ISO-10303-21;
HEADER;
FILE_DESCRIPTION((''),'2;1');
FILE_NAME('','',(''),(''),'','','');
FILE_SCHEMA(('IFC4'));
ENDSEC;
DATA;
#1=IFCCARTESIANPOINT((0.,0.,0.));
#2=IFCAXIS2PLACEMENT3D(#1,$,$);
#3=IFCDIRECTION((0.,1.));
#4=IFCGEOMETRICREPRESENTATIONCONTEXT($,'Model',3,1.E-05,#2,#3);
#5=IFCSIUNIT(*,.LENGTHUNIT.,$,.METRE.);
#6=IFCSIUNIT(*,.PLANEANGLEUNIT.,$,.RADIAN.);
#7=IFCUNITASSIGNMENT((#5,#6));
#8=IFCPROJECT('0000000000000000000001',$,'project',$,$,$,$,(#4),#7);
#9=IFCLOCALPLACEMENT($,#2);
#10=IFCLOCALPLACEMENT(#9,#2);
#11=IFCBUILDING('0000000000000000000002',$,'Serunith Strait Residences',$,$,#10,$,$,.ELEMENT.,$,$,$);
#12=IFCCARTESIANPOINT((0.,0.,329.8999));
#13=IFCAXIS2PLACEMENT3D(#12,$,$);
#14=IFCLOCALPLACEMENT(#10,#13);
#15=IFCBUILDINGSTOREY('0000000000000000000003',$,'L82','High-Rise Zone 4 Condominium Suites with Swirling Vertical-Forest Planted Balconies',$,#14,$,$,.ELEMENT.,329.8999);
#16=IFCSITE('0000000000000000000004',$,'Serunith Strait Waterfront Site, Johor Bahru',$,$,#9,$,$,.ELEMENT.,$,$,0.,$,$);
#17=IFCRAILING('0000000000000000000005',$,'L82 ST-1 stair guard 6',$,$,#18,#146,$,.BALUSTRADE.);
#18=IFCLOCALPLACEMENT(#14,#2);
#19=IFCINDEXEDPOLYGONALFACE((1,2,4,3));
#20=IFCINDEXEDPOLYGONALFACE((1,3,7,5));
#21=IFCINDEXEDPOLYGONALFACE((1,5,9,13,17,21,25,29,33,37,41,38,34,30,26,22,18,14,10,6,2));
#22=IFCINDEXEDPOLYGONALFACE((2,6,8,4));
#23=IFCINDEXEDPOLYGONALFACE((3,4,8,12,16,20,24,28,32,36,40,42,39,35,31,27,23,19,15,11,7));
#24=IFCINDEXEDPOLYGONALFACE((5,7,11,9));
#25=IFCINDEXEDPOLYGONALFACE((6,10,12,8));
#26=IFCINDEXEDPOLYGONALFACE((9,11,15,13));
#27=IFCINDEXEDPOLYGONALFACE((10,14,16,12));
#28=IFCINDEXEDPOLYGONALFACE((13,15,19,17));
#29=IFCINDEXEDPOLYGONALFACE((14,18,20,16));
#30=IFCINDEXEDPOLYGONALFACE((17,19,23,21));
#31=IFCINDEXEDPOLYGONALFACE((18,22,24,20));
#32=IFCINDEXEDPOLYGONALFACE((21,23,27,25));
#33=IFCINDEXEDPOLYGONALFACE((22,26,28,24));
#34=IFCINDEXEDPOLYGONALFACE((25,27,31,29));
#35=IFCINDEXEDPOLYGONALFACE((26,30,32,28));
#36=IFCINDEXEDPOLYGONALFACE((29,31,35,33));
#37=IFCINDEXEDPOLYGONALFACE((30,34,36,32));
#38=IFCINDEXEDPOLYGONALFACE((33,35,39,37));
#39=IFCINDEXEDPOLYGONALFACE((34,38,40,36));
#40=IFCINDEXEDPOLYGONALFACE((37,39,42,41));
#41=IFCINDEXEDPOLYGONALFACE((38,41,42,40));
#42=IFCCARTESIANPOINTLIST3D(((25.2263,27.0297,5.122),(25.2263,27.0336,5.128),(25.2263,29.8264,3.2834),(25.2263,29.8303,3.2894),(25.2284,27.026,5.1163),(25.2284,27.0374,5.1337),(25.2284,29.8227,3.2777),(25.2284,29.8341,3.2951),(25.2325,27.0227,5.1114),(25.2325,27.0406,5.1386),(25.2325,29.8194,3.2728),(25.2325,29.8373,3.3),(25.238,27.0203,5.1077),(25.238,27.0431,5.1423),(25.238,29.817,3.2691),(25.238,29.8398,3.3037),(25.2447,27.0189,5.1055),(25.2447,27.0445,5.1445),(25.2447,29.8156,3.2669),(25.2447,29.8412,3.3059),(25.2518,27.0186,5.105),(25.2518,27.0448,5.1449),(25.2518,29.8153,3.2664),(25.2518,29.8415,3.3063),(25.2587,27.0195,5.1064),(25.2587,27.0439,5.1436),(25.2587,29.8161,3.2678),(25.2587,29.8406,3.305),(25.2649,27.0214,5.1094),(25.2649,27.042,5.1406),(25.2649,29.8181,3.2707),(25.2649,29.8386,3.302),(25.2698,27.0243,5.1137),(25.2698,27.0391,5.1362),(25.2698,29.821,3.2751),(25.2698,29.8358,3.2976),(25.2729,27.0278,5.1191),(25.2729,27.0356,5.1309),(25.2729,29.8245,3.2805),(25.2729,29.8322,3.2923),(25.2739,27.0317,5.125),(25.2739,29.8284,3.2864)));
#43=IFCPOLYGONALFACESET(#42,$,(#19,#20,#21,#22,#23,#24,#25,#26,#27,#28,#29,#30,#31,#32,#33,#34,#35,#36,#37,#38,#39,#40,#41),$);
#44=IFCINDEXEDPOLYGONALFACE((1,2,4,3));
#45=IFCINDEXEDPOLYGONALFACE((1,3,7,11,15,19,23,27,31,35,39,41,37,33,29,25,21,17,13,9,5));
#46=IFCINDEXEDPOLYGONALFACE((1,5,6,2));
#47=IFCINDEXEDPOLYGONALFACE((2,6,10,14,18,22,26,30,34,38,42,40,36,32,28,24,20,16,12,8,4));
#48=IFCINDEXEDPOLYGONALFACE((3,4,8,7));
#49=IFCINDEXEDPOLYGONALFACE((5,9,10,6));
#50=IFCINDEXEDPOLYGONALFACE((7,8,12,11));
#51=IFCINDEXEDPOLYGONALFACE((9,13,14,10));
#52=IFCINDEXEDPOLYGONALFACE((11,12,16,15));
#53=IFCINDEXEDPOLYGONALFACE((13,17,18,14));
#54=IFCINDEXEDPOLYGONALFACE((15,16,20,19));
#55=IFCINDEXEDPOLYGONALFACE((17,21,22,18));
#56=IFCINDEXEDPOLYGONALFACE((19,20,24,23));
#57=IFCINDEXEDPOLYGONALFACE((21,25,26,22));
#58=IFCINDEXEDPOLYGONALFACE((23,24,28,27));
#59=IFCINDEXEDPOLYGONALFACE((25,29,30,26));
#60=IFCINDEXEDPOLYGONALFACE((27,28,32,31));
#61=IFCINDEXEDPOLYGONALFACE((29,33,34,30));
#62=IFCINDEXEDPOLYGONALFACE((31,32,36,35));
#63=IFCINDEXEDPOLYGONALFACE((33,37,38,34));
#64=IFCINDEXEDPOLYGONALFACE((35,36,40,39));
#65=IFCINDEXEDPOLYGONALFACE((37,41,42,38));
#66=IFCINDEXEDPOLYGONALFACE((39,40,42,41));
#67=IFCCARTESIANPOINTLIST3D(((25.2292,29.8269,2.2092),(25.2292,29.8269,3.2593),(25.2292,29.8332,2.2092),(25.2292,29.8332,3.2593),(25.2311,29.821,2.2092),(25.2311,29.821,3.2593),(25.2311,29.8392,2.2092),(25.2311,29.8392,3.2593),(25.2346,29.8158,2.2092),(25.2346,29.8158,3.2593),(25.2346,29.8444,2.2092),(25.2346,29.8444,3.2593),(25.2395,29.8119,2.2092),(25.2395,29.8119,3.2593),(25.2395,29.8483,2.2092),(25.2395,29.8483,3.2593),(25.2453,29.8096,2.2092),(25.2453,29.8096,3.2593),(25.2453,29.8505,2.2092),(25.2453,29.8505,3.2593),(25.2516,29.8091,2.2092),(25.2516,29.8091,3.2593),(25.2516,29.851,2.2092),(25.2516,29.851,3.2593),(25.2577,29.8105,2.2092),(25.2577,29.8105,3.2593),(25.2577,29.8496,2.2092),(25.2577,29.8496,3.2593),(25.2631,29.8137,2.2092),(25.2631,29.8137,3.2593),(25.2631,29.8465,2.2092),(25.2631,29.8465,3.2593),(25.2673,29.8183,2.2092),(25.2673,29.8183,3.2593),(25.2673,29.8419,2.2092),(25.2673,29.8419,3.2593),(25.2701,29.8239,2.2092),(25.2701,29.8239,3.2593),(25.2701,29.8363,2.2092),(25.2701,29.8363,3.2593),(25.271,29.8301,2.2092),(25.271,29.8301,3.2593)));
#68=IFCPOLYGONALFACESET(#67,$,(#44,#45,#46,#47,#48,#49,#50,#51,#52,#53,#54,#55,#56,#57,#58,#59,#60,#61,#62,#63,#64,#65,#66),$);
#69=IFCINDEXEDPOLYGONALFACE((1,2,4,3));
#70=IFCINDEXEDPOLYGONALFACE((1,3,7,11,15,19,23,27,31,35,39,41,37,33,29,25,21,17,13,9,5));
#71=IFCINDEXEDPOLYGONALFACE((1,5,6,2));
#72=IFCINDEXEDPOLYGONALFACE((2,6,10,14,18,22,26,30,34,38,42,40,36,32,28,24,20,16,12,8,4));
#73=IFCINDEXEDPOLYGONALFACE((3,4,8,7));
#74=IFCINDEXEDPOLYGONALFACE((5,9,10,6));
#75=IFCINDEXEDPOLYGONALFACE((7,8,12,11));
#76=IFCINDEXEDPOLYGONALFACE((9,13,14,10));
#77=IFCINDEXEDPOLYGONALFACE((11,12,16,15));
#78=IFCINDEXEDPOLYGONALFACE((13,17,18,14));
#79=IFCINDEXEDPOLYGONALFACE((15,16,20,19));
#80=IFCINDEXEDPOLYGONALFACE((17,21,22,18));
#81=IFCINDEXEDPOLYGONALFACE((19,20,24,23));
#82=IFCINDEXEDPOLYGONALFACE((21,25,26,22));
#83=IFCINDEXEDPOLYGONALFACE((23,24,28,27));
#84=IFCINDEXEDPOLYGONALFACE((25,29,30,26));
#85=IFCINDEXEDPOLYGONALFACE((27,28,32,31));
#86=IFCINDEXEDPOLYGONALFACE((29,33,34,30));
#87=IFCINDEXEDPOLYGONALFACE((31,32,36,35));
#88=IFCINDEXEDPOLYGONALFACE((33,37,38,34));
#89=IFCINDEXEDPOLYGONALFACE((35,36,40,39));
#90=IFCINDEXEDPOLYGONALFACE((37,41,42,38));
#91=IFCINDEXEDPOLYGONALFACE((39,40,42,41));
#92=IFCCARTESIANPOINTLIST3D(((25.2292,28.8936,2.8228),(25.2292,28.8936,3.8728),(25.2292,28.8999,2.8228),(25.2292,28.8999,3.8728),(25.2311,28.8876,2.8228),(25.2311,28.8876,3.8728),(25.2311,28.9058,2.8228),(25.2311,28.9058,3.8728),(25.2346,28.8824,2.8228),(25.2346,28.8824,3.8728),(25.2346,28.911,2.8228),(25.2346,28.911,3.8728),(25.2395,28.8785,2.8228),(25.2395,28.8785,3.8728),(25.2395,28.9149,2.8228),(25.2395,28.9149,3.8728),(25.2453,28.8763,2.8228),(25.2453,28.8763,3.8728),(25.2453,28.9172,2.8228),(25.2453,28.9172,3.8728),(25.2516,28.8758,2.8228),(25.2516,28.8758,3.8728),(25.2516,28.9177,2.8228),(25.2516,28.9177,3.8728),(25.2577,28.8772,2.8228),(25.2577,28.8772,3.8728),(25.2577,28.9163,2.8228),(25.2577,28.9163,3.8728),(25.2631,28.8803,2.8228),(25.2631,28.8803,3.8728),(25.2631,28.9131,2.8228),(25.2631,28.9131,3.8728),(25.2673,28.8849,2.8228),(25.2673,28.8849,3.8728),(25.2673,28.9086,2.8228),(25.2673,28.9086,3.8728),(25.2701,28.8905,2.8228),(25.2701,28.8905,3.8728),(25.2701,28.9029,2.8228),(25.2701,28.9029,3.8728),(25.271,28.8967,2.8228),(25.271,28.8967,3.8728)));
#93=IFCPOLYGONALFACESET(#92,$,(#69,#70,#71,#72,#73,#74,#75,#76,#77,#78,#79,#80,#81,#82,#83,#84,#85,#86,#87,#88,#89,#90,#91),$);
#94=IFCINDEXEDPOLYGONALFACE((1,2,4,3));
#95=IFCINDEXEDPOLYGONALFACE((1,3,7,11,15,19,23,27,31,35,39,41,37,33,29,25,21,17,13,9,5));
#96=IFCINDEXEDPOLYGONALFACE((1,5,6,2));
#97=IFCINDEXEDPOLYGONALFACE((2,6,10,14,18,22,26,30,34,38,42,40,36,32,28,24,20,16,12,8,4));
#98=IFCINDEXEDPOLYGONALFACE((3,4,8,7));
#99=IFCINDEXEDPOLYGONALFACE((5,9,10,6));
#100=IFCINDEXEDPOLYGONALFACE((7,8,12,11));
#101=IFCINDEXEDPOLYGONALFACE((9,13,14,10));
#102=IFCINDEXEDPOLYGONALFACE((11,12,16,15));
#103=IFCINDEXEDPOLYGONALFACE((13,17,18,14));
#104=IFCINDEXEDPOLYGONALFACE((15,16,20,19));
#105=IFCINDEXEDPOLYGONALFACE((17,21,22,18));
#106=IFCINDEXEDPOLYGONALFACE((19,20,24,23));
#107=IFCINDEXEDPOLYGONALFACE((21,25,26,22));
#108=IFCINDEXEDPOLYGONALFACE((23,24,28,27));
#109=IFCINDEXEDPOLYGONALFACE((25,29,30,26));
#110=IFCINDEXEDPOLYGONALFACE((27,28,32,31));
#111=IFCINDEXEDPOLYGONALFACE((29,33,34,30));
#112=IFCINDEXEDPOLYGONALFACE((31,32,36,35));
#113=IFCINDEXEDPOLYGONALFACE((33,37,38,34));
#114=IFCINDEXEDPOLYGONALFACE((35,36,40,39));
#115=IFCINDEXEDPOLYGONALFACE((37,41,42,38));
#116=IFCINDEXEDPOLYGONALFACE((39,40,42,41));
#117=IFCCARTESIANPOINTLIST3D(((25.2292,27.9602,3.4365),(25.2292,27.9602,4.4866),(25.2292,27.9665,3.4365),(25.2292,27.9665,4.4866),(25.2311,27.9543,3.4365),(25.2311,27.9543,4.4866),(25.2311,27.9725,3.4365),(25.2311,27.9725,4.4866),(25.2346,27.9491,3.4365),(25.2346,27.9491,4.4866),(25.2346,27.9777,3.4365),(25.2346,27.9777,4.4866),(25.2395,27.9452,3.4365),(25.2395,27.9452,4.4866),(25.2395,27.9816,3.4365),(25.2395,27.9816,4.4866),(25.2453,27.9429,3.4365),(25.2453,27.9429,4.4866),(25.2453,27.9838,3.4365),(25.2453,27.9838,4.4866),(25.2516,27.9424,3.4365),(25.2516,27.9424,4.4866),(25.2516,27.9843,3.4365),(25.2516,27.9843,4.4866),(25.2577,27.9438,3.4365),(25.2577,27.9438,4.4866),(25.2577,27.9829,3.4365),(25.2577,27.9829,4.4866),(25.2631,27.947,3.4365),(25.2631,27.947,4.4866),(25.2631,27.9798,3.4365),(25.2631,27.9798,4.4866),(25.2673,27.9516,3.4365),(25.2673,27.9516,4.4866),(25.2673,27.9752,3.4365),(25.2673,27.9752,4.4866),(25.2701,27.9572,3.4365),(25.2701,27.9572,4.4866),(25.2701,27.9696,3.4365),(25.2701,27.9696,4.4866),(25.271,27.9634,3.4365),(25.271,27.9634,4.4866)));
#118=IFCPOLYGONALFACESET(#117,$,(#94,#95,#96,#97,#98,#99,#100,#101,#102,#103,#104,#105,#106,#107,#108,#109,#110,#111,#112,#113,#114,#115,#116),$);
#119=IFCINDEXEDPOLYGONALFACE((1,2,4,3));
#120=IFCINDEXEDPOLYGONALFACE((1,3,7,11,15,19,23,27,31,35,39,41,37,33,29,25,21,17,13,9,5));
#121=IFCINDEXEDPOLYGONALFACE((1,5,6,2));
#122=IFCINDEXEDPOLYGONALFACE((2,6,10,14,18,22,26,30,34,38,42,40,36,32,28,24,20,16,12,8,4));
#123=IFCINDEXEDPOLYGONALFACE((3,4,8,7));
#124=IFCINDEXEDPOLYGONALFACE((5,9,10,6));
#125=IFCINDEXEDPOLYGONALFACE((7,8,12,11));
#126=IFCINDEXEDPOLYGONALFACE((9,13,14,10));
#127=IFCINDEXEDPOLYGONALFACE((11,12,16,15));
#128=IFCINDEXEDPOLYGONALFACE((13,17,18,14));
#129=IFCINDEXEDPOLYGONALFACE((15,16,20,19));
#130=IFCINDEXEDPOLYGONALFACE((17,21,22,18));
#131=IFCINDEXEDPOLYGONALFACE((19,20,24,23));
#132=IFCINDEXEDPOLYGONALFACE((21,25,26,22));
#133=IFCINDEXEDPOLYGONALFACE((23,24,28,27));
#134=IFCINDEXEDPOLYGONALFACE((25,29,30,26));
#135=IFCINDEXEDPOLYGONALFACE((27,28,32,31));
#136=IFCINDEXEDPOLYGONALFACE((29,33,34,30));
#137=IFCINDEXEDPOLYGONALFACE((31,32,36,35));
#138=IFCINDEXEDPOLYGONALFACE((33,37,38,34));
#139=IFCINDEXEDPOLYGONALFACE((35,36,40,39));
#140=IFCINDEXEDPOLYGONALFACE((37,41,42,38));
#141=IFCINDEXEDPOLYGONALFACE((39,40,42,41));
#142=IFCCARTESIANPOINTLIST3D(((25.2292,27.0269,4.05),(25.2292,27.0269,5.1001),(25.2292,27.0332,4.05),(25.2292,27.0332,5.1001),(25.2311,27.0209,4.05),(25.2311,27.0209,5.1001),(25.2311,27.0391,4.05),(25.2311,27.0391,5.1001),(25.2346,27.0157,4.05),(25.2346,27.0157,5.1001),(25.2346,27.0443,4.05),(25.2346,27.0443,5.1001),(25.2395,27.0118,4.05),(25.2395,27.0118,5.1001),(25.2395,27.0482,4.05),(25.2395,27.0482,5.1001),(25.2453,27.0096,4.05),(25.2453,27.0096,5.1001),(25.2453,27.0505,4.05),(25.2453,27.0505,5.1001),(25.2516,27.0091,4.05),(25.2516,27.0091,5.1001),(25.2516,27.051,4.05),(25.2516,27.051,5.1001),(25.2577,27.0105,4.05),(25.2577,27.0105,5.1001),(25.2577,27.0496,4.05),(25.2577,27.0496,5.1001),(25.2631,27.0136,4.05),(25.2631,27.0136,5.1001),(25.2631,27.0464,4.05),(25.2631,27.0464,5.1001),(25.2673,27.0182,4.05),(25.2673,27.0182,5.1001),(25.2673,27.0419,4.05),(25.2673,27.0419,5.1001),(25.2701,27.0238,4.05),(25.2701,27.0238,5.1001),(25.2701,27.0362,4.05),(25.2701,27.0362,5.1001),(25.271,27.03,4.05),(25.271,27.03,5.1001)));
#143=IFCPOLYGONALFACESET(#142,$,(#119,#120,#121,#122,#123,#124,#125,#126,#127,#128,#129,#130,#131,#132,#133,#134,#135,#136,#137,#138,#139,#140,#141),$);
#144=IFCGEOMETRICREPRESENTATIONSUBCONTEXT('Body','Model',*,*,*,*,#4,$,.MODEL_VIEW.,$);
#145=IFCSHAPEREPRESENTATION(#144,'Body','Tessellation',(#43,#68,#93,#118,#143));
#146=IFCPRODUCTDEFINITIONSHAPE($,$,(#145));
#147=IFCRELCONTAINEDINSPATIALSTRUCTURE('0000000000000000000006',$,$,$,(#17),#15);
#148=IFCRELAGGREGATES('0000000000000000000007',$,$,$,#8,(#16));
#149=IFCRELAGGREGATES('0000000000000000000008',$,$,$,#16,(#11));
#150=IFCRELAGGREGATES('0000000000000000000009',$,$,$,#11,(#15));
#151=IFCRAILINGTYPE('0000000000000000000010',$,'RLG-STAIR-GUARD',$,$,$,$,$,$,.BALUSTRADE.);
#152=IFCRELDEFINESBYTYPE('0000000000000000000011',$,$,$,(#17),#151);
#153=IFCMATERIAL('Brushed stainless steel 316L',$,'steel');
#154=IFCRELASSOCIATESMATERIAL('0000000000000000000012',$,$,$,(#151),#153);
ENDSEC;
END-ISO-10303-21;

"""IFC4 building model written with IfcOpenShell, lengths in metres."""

from ifc_helpers import new_model, si_unit, direction, frame, origin, origin_2d, place, context, subcontext, project, spatial, circle, extrude, material, type_object, element, save


model = new_model("IFC4")

# Units and contexts
model_context = context("Model", 3, precision=1e-05, world=origin(), true_north=direction((0.0, 1.0)))
body_context = subcontext(model_context, "Body", "Model", "MODEL_VIEW")
ifc_project = project(units=[si_unit("LENGTHUNIT", "METRE"), si_unit("PLANEANGLEUNIT", "RADIAN")], contexts=[model_context])

# Site, building, storey
site_placement = place(None, origin())
site = spatial("IfcSite", under=ifc_project, at=site_placement, Name="Serunith Strait Waterfront Site, Johor Bahru", CompositionType="ELEMENT", RefElevation=0.0)
building_placement = place(site_placement, origin())
building = spatial("IfcBuilding", under=site, at=building_placement, Name="Serunith Strait Residences", CompositionType="ELEMENT")
storey_placement = place(building_placement, frame((0.0, 0.0, 329.8999)))
storey = spatial("IfcBuildingStorey", under=building, at=storey_placement, Name="L82", Description="High-Rise Zone 4 Condominium Suites with Swirling Vertical-Forest Planted Balconies", CompositionType="ELEMENT", Elevation=329.8999)

# Railing
ifc_material_1 = material(Name="Brushed stainless steel 316L", Category="steel")
railing_type_1 = type_object("IfcRailingType", Name="RLG-STAIR-GUARD", PredefinedType="BALUSTRADE", material=ifc_material_1)
railing_1_placement = place(storey_placement, frame((25.25, 29.8301, 2.2092)))
element("IfcRailing", 1, at=railing_1_placement, inside=storey, type_object=railing_type_1, Name="L82 ST-1 stair guard 6", PredefinedType="BALUSTRADE", context=body_context, shape_type="SweptSolid", body=[
    extrude(circle(Radius=0.0239, at=origin_2d()), frame((0.0, -0.0017, 1.0771), z_axis=(0.0, -0.835598, 0.549342), x_axis=(1.0, 0.0, 0.0)), (0.0, 0.0, 1.0), 3.3469),
    extrude(circle(Radius=0.021, at=origin_2d()), origin(), (0.0, 0.0, 1.0), 1.05),
    extrude(circle(Radius=0.021, at=origin_2d()), frame((0.0, -0.9333, 0.6135)), (0.0, 0.0, 1.0), 1.05),
    extrude(circle(Radius=0.021, at=origin_2d()), frame((0.0, -1.8667, 1.2273)), (0.0, 0.0, 1.0), 1.05),
    extrude(circle(Radius=0.021, at=origin_2d()), frame((0.0, -2.8, 1.8408)), (0.0, 0.0, 1.0), 1.05),
])

save(model, "model.ifc")
